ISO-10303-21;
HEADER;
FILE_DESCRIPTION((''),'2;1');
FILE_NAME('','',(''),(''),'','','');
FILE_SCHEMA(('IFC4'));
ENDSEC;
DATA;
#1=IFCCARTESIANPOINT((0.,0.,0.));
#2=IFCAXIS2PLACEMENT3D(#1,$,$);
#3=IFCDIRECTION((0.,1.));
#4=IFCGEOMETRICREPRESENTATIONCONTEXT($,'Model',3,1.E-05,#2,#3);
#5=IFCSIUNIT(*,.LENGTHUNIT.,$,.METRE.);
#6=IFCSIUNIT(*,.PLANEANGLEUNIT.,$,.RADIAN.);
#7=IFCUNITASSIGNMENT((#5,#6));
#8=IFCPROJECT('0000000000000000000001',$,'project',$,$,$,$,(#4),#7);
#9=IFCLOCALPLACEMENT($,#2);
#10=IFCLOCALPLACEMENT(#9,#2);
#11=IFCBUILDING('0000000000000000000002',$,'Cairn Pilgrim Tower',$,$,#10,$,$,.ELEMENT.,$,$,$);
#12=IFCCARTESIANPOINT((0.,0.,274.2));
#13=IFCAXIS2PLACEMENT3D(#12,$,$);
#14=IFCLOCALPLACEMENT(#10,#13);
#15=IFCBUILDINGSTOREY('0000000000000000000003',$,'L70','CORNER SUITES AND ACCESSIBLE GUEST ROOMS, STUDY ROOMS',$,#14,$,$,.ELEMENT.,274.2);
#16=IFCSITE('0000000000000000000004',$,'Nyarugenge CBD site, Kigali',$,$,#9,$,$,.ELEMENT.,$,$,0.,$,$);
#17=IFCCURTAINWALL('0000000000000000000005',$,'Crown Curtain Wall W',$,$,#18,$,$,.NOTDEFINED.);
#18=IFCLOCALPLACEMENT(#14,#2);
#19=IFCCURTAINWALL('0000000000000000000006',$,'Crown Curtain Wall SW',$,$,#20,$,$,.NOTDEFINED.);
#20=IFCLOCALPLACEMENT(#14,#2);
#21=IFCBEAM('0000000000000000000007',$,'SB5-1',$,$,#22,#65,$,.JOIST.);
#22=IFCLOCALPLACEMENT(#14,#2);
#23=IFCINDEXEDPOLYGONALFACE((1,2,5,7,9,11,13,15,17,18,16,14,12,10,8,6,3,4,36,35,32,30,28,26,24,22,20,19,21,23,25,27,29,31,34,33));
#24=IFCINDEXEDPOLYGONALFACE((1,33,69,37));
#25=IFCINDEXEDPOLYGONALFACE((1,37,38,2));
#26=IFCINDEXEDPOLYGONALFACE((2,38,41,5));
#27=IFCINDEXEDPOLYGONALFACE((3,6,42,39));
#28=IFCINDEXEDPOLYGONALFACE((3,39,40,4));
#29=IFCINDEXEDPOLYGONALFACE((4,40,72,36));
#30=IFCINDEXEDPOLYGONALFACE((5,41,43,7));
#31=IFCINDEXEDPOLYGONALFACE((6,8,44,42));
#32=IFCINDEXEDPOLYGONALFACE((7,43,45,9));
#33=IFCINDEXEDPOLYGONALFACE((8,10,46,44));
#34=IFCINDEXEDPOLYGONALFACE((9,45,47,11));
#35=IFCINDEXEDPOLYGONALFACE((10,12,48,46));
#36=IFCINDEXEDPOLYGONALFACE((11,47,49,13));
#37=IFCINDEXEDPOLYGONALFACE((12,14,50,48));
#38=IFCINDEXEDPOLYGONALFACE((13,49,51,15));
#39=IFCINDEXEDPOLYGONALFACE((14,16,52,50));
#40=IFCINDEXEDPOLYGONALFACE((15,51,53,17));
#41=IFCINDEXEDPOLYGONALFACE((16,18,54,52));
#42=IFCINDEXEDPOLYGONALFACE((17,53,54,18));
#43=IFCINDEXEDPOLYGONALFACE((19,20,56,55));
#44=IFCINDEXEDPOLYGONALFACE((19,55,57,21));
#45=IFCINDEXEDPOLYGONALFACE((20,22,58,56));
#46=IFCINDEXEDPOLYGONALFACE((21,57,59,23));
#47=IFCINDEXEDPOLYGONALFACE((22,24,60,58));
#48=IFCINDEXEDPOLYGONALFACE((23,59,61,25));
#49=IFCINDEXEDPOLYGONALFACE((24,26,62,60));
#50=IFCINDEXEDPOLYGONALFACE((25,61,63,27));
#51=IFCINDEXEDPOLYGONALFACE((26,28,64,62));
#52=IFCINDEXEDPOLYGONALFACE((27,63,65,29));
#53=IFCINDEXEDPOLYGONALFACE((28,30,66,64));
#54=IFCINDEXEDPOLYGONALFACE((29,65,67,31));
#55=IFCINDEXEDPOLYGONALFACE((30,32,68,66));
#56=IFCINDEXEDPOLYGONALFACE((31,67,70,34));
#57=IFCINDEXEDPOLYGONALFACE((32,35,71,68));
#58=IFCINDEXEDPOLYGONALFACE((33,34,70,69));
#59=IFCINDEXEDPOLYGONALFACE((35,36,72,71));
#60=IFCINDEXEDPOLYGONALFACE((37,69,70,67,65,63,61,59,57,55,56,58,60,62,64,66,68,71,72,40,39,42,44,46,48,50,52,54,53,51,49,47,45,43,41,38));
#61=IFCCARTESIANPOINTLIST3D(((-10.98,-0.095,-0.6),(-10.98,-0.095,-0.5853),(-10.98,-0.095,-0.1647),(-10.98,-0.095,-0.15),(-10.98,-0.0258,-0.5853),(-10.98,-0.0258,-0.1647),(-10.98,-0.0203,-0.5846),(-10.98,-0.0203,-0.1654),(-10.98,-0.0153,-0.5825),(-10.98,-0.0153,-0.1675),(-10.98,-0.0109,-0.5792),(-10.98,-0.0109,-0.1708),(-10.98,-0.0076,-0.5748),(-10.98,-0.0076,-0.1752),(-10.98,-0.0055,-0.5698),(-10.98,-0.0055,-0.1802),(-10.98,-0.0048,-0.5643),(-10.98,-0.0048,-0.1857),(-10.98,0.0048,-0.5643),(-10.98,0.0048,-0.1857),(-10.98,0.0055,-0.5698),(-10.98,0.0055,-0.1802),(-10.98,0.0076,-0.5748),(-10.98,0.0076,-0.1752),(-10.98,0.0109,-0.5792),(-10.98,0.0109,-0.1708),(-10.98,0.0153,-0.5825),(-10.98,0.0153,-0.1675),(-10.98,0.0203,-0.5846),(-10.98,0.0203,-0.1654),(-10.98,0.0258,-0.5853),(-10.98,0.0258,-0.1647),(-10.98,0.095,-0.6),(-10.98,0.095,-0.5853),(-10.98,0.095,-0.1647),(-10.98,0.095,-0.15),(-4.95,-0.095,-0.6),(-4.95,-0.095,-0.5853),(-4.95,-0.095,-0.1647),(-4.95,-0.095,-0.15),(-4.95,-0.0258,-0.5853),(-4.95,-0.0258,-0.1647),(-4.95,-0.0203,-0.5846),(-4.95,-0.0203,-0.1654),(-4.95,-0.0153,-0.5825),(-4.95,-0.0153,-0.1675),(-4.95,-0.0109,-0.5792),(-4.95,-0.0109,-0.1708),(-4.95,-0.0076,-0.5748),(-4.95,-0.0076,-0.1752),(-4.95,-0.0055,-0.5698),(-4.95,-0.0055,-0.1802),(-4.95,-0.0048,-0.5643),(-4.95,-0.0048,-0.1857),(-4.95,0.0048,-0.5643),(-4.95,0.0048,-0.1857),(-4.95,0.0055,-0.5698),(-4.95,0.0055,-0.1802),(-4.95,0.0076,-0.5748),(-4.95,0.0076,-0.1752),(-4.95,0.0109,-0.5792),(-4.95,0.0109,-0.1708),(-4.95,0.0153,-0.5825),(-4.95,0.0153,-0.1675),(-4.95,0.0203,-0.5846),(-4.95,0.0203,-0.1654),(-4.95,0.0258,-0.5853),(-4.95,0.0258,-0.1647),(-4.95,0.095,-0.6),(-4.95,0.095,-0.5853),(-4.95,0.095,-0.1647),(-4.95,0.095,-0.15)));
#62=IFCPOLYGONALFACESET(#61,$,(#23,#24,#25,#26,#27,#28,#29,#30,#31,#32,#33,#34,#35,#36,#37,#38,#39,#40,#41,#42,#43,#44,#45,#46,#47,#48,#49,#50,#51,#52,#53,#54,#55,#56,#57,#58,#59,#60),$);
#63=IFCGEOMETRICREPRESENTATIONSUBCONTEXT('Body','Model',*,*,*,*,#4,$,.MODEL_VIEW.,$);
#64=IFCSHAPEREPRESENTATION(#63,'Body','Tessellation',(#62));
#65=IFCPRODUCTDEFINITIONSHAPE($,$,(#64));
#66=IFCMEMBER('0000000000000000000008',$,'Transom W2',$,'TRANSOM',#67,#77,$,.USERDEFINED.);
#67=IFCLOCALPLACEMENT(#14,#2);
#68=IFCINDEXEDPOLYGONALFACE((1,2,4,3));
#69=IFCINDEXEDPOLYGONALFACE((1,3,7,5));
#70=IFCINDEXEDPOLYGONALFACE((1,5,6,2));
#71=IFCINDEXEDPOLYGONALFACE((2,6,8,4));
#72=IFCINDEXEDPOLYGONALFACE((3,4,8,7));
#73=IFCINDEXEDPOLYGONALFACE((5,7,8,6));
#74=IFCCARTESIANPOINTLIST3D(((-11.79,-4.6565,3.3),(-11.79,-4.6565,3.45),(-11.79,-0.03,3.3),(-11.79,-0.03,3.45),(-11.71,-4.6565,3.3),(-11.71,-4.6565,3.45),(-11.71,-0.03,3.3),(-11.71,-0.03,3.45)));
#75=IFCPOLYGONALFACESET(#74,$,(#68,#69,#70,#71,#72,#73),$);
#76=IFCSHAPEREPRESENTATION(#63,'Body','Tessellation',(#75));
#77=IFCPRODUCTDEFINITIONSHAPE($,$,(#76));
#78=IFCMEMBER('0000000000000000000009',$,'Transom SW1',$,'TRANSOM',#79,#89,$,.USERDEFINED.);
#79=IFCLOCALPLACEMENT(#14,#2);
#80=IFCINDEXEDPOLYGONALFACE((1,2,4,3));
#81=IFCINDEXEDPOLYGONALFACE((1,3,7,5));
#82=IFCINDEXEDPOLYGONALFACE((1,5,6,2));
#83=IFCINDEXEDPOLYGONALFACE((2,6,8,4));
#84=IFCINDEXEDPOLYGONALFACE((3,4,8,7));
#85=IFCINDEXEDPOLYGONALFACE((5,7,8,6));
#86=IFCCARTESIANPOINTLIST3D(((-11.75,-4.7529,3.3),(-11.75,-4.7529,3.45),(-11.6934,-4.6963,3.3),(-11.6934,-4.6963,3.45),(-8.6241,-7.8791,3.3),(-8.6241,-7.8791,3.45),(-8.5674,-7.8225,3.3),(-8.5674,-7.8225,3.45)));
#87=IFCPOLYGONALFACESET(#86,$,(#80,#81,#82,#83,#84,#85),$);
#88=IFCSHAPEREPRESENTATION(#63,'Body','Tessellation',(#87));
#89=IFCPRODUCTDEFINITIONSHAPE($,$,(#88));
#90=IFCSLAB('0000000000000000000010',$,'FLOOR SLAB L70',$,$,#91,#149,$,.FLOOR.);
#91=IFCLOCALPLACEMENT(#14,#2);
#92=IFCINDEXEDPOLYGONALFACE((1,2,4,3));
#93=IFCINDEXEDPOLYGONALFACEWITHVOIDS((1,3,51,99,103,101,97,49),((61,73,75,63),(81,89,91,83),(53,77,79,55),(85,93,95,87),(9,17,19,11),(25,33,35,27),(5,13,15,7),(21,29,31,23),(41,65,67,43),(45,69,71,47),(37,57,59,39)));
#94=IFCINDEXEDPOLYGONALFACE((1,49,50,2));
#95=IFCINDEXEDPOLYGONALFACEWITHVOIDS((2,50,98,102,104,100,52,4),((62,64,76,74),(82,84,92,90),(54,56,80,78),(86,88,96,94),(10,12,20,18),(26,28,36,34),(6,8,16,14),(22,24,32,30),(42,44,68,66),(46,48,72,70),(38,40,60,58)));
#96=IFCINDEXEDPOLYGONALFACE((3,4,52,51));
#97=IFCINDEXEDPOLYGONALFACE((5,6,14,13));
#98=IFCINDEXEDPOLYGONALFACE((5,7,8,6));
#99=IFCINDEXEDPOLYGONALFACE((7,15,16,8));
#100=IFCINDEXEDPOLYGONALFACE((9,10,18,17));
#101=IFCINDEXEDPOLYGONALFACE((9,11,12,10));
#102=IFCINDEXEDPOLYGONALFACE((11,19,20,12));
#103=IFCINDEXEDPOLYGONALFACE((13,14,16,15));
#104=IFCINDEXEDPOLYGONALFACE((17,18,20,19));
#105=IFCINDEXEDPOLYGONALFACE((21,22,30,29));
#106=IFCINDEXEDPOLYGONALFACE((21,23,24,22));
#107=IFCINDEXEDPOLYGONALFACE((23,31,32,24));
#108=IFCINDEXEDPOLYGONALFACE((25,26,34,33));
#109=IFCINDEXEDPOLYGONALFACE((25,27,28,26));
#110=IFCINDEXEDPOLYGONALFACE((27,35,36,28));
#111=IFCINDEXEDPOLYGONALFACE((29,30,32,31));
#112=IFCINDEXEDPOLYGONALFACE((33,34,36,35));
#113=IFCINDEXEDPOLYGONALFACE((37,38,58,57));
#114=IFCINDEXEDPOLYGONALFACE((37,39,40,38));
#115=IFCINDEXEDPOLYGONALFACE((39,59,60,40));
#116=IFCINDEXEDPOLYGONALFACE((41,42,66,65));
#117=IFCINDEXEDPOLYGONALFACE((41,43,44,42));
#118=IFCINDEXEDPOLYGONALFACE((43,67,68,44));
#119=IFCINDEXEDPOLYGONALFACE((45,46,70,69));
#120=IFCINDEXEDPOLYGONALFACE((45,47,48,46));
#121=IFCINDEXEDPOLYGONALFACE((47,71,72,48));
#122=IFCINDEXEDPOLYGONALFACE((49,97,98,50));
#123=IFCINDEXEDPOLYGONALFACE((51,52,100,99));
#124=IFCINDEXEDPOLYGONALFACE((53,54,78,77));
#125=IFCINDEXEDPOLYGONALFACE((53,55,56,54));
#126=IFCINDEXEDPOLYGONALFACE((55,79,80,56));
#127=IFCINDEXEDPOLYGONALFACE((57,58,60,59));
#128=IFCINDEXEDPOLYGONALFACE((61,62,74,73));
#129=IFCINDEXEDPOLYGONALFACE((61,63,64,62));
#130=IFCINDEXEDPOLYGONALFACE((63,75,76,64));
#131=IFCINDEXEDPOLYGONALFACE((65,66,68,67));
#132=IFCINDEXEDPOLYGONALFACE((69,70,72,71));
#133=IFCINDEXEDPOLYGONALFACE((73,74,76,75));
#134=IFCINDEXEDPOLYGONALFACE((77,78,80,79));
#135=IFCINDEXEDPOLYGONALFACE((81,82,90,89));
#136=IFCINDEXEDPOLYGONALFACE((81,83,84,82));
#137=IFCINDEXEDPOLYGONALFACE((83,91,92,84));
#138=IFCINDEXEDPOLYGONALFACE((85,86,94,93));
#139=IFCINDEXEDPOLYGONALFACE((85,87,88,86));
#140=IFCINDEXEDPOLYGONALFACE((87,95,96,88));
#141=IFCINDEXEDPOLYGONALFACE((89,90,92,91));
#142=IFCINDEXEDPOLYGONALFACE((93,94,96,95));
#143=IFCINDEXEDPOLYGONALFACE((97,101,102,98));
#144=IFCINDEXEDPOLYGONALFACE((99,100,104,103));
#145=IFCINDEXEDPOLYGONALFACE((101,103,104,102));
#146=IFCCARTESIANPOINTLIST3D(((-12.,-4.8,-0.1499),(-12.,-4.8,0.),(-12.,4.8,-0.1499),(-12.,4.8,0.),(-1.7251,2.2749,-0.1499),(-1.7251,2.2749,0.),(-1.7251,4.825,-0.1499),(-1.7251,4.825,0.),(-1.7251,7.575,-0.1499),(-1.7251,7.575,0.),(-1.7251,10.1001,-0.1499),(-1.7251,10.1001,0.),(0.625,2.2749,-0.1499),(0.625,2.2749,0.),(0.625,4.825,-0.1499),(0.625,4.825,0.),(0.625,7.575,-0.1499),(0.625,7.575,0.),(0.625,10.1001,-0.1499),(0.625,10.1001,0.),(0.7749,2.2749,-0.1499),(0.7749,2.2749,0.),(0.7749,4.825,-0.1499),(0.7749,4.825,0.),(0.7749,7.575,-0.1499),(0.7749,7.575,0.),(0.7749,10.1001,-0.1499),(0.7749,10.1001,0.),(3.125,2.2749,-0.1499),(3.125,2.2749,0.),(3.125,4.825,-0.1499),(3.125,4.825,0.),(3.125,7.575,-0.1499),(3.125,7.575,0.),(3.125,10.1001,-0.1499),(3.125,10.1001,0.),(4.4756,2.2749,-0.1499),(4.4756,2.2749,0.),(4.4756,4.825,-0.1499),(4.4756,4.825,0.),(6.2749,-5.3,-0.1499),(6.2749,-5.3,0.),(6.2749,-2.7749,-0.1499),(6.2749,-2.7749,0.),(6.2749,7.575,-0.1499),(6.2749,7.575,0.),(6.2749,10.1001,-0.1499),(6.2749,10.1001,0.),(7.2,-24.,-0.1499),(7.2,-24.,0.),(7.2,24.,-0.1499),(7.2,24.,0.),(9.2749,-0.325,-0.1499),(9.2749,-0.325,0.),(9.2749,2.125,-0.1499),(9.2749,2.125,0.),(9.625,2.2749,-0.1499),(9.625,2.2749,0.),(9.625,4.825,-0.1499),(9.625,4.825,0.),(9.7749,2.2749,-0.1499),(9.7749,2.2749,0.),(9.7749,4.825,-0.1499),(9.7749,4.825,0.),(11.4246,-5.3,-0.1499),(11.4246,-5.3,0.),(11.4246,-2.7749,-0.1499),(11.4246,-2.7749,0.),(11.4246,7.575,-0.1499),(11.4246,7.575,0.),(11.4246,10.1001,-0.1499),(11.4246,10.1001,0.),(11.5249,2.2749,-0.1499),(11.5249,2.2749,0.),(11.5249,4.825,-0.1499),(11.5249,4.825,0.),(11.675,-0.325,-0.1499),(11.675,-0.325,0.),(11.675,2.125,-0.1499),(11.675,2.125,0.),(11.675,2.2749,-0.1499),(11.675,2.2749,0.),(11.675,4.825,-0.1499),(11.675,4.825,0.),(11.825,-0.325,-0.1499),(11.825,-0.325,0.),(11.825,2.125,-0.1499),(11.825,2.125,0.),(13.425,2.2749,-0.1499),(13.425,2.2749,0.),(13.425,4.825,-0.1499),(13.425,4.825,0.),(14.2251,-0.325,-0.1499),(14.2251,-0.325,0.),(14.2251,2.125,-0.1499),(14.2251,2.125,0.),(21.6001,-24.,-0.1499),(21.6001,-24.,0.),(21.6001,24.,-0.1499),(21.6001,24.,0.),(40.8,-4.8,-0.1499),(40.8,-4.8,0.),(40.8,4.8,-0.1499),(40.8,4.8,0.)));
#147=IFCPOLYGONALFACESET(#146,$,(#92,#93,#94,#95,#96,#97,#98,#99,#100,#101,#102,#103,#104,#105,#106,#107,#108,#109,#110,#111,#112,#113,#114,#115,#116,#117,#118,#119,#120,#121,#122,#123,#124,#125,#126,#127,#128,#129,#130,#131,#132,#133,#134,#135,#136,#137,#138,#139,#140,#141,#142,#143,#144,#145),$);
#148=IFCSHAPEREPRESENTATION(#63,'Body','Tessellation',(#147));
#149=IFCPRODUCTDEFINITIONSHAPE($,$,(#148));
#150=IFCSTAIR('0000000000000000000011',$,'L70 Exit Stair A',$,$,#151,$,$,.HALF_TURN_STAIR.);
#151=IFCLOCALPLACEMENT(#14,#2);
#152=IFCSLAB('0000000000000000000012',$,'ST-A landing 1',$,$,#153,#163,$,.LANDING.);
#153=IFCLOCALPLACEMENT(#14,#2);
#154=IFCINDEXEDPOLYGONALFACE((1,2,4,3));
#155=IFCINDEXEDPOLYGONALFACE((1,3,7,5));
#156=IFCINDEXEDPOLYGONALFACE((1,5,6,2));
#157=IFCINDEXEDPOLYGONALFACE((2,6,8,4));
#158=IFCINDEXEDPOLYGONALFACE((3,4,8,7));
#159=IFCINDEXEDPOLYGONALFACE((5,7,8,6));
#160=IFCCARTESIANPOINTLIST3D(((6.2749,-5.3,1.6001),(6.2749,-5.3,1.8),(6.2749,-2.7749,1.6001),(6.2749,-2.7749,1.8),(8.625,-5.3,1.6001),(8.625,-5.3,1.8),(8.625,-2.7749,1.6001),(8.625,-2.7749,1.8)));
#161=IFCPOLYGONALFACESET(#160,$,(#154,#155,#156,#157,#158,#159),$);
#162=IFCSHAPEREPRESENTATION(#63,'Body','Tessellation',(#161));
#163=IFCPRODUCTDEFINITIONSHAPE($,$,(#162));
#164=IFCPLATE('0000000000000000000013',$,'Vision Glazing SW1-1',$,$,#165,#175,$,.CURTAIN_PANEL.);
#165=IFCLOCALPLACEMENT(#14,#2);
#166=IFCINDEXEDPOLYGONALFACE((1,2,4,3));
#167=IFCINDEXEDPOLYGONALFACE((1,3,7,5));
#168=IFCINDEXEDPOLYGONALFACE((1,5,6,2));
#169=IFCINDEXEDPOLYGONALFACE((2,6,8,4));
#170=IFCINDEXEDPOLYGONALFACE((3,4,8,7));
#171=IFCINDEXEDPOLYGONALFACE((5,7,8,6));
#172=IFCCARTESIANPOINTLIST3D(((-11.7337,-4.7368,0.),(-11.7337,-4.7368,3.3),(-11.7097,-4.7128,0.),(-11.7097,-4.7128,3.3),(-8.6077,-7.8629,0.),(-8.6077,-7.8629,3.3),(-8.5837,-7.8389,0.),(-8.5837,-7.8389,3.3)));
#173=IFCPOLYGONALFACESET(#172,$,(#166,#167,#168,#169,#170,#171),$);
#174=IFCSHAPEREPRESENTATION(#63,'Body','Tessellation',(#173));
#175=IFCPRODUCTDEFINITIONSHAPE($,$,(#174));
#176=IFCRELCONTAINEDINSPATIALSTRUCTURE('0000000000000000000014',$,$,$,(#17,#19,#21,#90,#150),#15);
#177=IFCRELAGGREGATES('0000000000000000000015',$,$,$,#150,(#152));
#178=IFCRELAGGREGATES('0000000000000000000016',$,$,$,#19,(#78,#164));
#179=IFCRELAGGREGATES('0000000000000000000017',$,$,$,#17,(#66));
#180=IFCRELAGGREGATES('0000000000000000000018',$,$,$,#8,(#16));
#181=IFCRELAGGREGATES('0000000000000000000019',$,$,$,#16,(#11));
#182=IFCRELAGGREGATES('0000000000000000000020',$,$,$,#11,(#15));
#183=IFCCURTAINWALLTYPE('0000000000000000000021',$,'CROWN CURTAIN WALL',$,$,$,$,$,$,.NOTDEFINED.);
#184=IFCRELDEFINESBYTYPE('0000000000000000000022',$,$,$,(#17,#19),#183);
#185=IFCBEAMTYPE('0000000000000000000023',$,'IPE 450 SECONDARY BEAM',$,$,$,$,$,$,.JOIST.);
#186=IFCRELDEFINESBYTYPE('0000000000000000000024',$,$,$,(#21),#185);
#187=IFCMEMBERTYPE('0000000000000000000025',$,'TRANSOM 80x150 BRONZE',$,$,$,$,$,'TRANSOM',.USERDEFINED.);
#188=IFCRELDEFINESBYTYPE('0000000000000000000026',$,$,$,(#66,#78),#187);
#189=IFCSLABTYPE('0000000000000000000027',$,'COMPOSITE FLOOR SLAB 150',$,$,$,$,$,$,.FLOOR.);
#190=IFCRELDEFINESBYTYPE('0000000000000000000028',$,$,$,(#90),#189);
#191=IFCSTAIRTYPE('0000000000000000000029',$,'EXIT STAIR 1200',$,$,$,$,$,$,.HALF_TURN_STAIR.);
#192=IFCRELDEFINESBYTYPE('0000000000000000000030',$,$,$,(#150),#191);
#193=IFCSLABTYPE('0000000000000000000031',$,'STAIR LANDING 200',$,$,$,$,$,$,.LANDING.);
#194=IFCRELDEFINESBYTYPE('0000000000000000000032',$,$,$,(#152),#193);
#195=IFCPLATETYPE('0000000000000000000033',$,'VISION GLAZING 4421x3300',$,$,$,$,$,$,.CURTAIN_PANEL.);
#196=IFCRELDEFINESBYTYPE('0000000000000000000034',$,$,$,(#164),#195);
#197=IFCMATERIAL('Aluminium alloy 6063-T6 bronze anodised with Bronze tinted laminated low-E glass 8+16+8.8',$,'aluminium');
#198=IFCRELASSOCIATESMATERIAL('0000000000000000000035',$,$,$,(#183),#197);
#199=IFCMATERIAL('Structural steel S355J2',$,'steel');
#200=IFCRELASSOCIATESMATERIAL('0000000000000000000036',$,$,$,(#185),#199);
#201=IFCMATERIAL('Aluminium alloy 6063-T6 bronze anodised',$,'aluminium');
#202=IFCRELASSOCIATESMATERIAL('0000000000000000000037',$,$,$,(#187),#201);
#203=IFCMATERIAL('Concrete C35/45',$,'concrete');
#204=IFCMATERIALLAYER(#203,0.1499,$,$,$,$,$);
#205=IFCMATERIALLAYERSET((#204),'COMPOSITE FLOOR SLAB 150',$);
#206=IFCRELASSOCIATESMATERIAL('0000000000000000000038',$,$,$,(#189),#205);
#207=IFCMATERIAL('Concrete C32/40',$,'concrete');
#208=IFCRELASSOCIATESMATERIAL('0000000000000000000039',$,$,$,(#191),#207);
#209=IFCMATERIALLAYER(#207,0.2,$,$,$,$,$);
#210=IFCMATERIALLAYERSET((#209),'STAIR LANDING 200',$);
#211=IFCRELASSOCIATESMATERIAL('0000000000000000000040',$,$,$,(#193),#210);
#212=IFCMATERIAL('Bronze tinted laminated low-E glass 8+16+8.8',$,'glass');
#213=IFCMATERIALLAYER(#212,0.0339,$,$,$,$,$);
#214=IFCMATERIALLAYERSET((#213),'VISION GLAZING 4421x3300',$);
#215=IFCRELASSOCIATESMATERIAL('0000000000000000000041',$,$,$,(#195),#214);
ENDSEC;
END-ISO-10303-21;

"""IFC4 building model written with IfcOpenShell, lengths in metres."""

from ifc_helpers import new_model, si_unit, direction, frame, origin, origin_2d, place, context, subcontext, project, spatial, polyline, rectangle, i_section, outline, extrude, material, layer, layer_set, material_profile, profile_set, type_object, element, aggregate, save


model = new_model("IFC4")

# Units and contexts
model_context = context("Model", 3, precision=1e-05, world=origin(), true_north=direction((0.0, 1.0)))
body_context = subcontext(model_context, "Body", "Model", "MODEL_VIEW")
ifc_project = project(units=[si_unit("LENGTHUNIT", "METRE"), si_unit("PLANEANGLEUNIT", "RADIAN")], contexts=[model_context])

# Site, building, storey
site_placement = place(None, origin())
site = spatial("IfcSite", under=ifc_project, at=site_placement, Name="Nyarugenge CBD site, Kigali", CompositionType="ELEMENT", RefElevation=0.0)
building_placement = place(site_placement, origin())
building = spatial("IfcBuilding", under=site, at=building_placement, Name="Cairn Pilgrim Tower", CompositionType="ELEMENT")
storey_placement = place(building_placement, frame((0.0, 0.0, 274.2)))
storey = spatial("IfcBuildingStorey", under=building, at=storey_placement, Name="L70", Description="CORNER SUITES AND ACCESSIBLE GUEST ROOMS, STUDY ROOMS", CompositionType="ELEMENT", Elevation=274.2)

# Shared definitions
ifc_material_1 = material(Name="Structural steel S355J2", Category="steel")

# Curtain wall
ifc_material_2 = material(Name="Aluminium alloy 6063-T6 bronze anodised with Bronze tinted laminated low-E glass 8+16+8.8", Category="aluminium")
curtain_wall_type = type_object("IfcCurtainWallType", Name="CROWN CURTAIN WALL", PredefinedType="NOTDEFINED", material=ifc_material_2)
curtain_wall_1_placement = place(storey_placement, origin())
curtain_wall_1 = element("IfcCurtainWall", 1, at=curtain_wall_1_placement, inside=storey, type_object=curtain_wall_type, Name="Crown Curtain Wall W", PredefinedType="NOTDEFINED")
ifc_material_3 = material(Name="Aluminium alloy 6063-T6 bronze anodised", Category="aluminium")

# Curtain wall
curtain_wall_2_placement = place(storey_placement, origin())
curtain_wall_2 = element("IfcCurtainWall", 2, at=curtain_wall_2_placement, inside=storey, type_object=curtain_wall_type, Name="Crown Curtain Wall SW", PredefinedType="NOTDEFINED")

# Beam
ifc_material_profile_1 = material_profile(ifc_material_1, i_section(OverallWidth=0.1899, OverallDepth=0.45, WebThickness=0.0095, FlangeThickness=0.0146, FilletRadius=0.021, at=origin_2d()), Name="IPE 450")
ifc_profile_set_1 = profile_set([ifc_material_profile_1], Name="Structural steel S355J2")
beam_type_1 = type_object("IfcBeamType", Name="IPE 450 SECONDARY BEAM", PredefinedType="JOIST", material=ifc_profile_set_1)
beam_1_placement = place(storey_placement, frame((-10.98, 0.0, -0.375), z_axis=(1.0, 0.0, 0.0), x_axis=(0.0, 1.0, 0.0)))
element("IfcBeam", 3, at=beam_1_placement, inside=storey, type_object=beam_type_1, Name="SB5-1", PredefinedType="JOIST", context=body_context, shape_type="SweptSolid", body=[
    extrude(i_section(OverallWidth=0.1899, OverallDepth=0.45, WebThickness=0.0095, FlangeThickness=0.0146, FilletRadius=0.021, at=origin_2d()), origin(), (0.0, 0.0, 1.0), 6.03),
])

# Members
ifc_material_profile_2 = material_profile(ifc_material_3, rectangle(XDim=0.0801, YDim=0.1499, at=origin_2d()), Name="TRANSOM 80x150 BRONZE")
ifc_profile_set_2 = profile_set([ifc_material_profile_2], Name="Aluminium alloy 6063-T6 bronze anodised")
member_type_1 = type_object("IfcMemberType", Name="TRANSOM 80x150 BRONZE", ElementType="TRANSOM", PredefinedType="USERDEFINED", material=ifc_profile_set_2)
member_1_placement = place(storey_placement, frame((-11.75, -0.03, 3.375), z_axis=(0.0, -1.0, 0.0), x_axis=(1.0, 0.0, 0.0)))
member_1 = element("IfcMember", 4, at=member_1_placement, type_object=member_type_1, Name="Transom W2", ObjectType="TRANSOM", PredefinedType="USERDEFINED", context=body_context, shape_type="SweptSolid", body=[
    extrude(rectangle(XDim=0.0801, YDim=0.1499, at=origin_2d()), origin(), (0.0, 0.0, 1.0), 4.6265),
])
member_2_placement = place(storey_placement, frame((-11.7217, -4.7246, 3.375), z_axis=(0.707079, -0.707134, 0.0), x_axis=(0.707134, 0.707079, 0.0)))
member_2 = element("IfcMember", 5, at=member_2_placement, type_object=member_type_1, Name="Transom SW1", ObjectType="TRANSOM", PredefinedType="USERDEFINED", context=body_context, shape_type="SweptSolid", body=[
    extrude(rectangle(XDim=0.0801, YDim=0.1499, at=origin_2d()), origin(), (0.0, 0.0, 1.0), 4.4209),
])

# Slab
ifc_material_4 = material(Name="Concrete C35/45", Category="concrete")
ifc_layer_1 = layer(ifc_material_4, 0.1499)
ifc_layer_set_1 = layer_set([ifc_layer_1], Name="COMPOSITE FLOOR SLAB 150")
slab_type_1 = type_object("IfcSlabType", Name="COMPOSITE FLOOR SLAB 150", PredefinedType="FLOOR", material=ifc_layer_set_1)
slab_1_placement = place(storey_placement, frame((0.0, 0.0, -0.1499)))
element("IfcSlab", 6, at=slab_1_placement, inside=storey, type_object=slab_type_1, Name="FLOOR SLAB L70", PredefinedType="FLOOR", context=body_context, shape_type="SweptSolid", body=[
    extrude(outline(polyline([(7.2, -24.0), (21.6001, -24.0), (40.8, -4.8), (40.8, 4.8), (21.6001, 24.0), (7.2, 24.0), (-12.0, 4.8), (-12.0, -4.8), (7.2, -24.0)]), holes=[polyline([(9.2749, -0.325), (11.675, -0.325), (11.675, 2.125), (9.2749, 2.125), (9.2749, -0.325)]), polyline([(11.825, -0.325), (14.2251, -0.325), (14.2251, 2.125), (11.825, 2.125), (11.825, -0.325)]), polyline([(-1.7251, 2.2749), (0.625, 2.2749), (0.625, 4.825), (-1.7251, 4.825), (-1.7251, 2.2749)]), polyline([(0.7749, 2.2749), (3.125, 2.2749), (3.125, 4.825), (0.7749, 4.825), (0.7749, 2.2749)]), polyline([(-1.7251, 7.575), (0.625, 7.575), (0.625, 10.1001), (-1.7251, 10.1001), (-1.7251, 7.575)]), polyline([(0.7749, 7.575), (3.125, 7.575), (3.125, 10.1001), (0.7749, 10.1001), (0.7749, 7.575)]), polyline([(9.7749, 2.2749), (11.5249, 2.2749), (11.5249, 4.825), (9.7749, 4.825), (9.7749, 2.2749)]), polyline([(11.675, 2.2749), (13.425, 2.2749), (13.425, 4.825), (11.675, 4.825), (11.675, 2.2749)]), polyline([(11.4246, -2.7749), (6.2749, -2.7749), (6.2749, -5.3), (11.4246, -5.3), (11.4246, -2.7749)]), polyline([(4.4756, 2.2749), (9.625, 2.2749), (9.625, 4.825), (4.4756, 4.825), (4.4756, 2.2749)]), polyline([(11.4246, 10.1001), (6.2749, 10.1001), (6.2749, 7.575), (11.4246, 7.575), (11.4246, 10.1001)])]), origin(), (0.0, 0.0, 1.0), 0.1499),
])

# Stair, slab
ifc_material_5 = material(Name="Concrete C32/40", Category="concrete")
stair_type = type_object("IfcStairType", Name="EXIT STAIR 1200", PredefinedType="HALF_TURN_STAIR", material=ifc_material_5)
stair_placement = place(storey_placement, origin())
stair = element("IfcStair", 7, at=stair_placement, inside=storey, type_object=stair_type, Name="L70 Exit Stair A", PredefinedType="HALF_TURN_STAIR")
ifc_layer_2 = layer(ifc_material_5, 0.2)
ifc_layer_set_2 = layer_set([ifc_layer_2], Name="STAIR LANDING 200")
slab_type_2 = type_object("IfcSlabType", Name="STAIR LANDING 200", PredefinedType="LANDING", material=ifc_layer_set_2)
slab_2_placement = place(storey_placement, frame((0.0, 0.0, 1.6001)))
slab_2 = element("IfcSlab", 8, at=slab_2_placement, type_object=slab_type_2, Name="ST-A landing 1", PredefinedType="LANDING", context=body_context, shape_type="SweptSolid", body=[
    extrude(outline(polyline([(8.625, -2.7749), (6.2749, -2.7749), (6.2749, -5.3), (8.625, -5.3), (8.625, -2.7749)])), origin(), (0.0, 0.0, 1.0), 0.2),
])
aggregate(stair, [slab_2])

# Plate
ifc_material_6 = material(Name="Bronze tinted laminated low-E glass 8+16+8.8", Category="glass")
ifc_layer_3 = layer(ifc_material_6, 0.0339)
ifc_layer_set_3 = layer_set([ifc_layer_3], Name="VISION GLAZING 4421x3300")
plate_type_1 = type_object("IfcPlateType", Name="VISION GLAZING 4421x3300", PredefinedType="CURTAIN_PANEL", material=ifc_layer_set_3)
plate_1_placement = place(storey_placement, frame((-10.1587, -6.2878, 0.0), z_axis=(0.0, 0.0, 1.0), x_axis=(0.707107, -0.707107, 0.0)))
plate_1 = element("IfcPlate", 9, at=plate_1_placement, type_object=plate_type_1, Name="Vision Glazing SW1-1", PredefinedType="CURTAIN_PANEL", context=body_context, shape_type="SweptSolid", body=[
    extrude(rectangle(XDim=4.4209, YDim=0.0339, at=origin_2d()), origin(), (0.0, 0.0, 1.0), 3.3),
])
aggregate(curtain_wall_2, [member_2, plate_1])
aggregate(curtain_wall_1, [member_1])

save(model, "model.ifc")
